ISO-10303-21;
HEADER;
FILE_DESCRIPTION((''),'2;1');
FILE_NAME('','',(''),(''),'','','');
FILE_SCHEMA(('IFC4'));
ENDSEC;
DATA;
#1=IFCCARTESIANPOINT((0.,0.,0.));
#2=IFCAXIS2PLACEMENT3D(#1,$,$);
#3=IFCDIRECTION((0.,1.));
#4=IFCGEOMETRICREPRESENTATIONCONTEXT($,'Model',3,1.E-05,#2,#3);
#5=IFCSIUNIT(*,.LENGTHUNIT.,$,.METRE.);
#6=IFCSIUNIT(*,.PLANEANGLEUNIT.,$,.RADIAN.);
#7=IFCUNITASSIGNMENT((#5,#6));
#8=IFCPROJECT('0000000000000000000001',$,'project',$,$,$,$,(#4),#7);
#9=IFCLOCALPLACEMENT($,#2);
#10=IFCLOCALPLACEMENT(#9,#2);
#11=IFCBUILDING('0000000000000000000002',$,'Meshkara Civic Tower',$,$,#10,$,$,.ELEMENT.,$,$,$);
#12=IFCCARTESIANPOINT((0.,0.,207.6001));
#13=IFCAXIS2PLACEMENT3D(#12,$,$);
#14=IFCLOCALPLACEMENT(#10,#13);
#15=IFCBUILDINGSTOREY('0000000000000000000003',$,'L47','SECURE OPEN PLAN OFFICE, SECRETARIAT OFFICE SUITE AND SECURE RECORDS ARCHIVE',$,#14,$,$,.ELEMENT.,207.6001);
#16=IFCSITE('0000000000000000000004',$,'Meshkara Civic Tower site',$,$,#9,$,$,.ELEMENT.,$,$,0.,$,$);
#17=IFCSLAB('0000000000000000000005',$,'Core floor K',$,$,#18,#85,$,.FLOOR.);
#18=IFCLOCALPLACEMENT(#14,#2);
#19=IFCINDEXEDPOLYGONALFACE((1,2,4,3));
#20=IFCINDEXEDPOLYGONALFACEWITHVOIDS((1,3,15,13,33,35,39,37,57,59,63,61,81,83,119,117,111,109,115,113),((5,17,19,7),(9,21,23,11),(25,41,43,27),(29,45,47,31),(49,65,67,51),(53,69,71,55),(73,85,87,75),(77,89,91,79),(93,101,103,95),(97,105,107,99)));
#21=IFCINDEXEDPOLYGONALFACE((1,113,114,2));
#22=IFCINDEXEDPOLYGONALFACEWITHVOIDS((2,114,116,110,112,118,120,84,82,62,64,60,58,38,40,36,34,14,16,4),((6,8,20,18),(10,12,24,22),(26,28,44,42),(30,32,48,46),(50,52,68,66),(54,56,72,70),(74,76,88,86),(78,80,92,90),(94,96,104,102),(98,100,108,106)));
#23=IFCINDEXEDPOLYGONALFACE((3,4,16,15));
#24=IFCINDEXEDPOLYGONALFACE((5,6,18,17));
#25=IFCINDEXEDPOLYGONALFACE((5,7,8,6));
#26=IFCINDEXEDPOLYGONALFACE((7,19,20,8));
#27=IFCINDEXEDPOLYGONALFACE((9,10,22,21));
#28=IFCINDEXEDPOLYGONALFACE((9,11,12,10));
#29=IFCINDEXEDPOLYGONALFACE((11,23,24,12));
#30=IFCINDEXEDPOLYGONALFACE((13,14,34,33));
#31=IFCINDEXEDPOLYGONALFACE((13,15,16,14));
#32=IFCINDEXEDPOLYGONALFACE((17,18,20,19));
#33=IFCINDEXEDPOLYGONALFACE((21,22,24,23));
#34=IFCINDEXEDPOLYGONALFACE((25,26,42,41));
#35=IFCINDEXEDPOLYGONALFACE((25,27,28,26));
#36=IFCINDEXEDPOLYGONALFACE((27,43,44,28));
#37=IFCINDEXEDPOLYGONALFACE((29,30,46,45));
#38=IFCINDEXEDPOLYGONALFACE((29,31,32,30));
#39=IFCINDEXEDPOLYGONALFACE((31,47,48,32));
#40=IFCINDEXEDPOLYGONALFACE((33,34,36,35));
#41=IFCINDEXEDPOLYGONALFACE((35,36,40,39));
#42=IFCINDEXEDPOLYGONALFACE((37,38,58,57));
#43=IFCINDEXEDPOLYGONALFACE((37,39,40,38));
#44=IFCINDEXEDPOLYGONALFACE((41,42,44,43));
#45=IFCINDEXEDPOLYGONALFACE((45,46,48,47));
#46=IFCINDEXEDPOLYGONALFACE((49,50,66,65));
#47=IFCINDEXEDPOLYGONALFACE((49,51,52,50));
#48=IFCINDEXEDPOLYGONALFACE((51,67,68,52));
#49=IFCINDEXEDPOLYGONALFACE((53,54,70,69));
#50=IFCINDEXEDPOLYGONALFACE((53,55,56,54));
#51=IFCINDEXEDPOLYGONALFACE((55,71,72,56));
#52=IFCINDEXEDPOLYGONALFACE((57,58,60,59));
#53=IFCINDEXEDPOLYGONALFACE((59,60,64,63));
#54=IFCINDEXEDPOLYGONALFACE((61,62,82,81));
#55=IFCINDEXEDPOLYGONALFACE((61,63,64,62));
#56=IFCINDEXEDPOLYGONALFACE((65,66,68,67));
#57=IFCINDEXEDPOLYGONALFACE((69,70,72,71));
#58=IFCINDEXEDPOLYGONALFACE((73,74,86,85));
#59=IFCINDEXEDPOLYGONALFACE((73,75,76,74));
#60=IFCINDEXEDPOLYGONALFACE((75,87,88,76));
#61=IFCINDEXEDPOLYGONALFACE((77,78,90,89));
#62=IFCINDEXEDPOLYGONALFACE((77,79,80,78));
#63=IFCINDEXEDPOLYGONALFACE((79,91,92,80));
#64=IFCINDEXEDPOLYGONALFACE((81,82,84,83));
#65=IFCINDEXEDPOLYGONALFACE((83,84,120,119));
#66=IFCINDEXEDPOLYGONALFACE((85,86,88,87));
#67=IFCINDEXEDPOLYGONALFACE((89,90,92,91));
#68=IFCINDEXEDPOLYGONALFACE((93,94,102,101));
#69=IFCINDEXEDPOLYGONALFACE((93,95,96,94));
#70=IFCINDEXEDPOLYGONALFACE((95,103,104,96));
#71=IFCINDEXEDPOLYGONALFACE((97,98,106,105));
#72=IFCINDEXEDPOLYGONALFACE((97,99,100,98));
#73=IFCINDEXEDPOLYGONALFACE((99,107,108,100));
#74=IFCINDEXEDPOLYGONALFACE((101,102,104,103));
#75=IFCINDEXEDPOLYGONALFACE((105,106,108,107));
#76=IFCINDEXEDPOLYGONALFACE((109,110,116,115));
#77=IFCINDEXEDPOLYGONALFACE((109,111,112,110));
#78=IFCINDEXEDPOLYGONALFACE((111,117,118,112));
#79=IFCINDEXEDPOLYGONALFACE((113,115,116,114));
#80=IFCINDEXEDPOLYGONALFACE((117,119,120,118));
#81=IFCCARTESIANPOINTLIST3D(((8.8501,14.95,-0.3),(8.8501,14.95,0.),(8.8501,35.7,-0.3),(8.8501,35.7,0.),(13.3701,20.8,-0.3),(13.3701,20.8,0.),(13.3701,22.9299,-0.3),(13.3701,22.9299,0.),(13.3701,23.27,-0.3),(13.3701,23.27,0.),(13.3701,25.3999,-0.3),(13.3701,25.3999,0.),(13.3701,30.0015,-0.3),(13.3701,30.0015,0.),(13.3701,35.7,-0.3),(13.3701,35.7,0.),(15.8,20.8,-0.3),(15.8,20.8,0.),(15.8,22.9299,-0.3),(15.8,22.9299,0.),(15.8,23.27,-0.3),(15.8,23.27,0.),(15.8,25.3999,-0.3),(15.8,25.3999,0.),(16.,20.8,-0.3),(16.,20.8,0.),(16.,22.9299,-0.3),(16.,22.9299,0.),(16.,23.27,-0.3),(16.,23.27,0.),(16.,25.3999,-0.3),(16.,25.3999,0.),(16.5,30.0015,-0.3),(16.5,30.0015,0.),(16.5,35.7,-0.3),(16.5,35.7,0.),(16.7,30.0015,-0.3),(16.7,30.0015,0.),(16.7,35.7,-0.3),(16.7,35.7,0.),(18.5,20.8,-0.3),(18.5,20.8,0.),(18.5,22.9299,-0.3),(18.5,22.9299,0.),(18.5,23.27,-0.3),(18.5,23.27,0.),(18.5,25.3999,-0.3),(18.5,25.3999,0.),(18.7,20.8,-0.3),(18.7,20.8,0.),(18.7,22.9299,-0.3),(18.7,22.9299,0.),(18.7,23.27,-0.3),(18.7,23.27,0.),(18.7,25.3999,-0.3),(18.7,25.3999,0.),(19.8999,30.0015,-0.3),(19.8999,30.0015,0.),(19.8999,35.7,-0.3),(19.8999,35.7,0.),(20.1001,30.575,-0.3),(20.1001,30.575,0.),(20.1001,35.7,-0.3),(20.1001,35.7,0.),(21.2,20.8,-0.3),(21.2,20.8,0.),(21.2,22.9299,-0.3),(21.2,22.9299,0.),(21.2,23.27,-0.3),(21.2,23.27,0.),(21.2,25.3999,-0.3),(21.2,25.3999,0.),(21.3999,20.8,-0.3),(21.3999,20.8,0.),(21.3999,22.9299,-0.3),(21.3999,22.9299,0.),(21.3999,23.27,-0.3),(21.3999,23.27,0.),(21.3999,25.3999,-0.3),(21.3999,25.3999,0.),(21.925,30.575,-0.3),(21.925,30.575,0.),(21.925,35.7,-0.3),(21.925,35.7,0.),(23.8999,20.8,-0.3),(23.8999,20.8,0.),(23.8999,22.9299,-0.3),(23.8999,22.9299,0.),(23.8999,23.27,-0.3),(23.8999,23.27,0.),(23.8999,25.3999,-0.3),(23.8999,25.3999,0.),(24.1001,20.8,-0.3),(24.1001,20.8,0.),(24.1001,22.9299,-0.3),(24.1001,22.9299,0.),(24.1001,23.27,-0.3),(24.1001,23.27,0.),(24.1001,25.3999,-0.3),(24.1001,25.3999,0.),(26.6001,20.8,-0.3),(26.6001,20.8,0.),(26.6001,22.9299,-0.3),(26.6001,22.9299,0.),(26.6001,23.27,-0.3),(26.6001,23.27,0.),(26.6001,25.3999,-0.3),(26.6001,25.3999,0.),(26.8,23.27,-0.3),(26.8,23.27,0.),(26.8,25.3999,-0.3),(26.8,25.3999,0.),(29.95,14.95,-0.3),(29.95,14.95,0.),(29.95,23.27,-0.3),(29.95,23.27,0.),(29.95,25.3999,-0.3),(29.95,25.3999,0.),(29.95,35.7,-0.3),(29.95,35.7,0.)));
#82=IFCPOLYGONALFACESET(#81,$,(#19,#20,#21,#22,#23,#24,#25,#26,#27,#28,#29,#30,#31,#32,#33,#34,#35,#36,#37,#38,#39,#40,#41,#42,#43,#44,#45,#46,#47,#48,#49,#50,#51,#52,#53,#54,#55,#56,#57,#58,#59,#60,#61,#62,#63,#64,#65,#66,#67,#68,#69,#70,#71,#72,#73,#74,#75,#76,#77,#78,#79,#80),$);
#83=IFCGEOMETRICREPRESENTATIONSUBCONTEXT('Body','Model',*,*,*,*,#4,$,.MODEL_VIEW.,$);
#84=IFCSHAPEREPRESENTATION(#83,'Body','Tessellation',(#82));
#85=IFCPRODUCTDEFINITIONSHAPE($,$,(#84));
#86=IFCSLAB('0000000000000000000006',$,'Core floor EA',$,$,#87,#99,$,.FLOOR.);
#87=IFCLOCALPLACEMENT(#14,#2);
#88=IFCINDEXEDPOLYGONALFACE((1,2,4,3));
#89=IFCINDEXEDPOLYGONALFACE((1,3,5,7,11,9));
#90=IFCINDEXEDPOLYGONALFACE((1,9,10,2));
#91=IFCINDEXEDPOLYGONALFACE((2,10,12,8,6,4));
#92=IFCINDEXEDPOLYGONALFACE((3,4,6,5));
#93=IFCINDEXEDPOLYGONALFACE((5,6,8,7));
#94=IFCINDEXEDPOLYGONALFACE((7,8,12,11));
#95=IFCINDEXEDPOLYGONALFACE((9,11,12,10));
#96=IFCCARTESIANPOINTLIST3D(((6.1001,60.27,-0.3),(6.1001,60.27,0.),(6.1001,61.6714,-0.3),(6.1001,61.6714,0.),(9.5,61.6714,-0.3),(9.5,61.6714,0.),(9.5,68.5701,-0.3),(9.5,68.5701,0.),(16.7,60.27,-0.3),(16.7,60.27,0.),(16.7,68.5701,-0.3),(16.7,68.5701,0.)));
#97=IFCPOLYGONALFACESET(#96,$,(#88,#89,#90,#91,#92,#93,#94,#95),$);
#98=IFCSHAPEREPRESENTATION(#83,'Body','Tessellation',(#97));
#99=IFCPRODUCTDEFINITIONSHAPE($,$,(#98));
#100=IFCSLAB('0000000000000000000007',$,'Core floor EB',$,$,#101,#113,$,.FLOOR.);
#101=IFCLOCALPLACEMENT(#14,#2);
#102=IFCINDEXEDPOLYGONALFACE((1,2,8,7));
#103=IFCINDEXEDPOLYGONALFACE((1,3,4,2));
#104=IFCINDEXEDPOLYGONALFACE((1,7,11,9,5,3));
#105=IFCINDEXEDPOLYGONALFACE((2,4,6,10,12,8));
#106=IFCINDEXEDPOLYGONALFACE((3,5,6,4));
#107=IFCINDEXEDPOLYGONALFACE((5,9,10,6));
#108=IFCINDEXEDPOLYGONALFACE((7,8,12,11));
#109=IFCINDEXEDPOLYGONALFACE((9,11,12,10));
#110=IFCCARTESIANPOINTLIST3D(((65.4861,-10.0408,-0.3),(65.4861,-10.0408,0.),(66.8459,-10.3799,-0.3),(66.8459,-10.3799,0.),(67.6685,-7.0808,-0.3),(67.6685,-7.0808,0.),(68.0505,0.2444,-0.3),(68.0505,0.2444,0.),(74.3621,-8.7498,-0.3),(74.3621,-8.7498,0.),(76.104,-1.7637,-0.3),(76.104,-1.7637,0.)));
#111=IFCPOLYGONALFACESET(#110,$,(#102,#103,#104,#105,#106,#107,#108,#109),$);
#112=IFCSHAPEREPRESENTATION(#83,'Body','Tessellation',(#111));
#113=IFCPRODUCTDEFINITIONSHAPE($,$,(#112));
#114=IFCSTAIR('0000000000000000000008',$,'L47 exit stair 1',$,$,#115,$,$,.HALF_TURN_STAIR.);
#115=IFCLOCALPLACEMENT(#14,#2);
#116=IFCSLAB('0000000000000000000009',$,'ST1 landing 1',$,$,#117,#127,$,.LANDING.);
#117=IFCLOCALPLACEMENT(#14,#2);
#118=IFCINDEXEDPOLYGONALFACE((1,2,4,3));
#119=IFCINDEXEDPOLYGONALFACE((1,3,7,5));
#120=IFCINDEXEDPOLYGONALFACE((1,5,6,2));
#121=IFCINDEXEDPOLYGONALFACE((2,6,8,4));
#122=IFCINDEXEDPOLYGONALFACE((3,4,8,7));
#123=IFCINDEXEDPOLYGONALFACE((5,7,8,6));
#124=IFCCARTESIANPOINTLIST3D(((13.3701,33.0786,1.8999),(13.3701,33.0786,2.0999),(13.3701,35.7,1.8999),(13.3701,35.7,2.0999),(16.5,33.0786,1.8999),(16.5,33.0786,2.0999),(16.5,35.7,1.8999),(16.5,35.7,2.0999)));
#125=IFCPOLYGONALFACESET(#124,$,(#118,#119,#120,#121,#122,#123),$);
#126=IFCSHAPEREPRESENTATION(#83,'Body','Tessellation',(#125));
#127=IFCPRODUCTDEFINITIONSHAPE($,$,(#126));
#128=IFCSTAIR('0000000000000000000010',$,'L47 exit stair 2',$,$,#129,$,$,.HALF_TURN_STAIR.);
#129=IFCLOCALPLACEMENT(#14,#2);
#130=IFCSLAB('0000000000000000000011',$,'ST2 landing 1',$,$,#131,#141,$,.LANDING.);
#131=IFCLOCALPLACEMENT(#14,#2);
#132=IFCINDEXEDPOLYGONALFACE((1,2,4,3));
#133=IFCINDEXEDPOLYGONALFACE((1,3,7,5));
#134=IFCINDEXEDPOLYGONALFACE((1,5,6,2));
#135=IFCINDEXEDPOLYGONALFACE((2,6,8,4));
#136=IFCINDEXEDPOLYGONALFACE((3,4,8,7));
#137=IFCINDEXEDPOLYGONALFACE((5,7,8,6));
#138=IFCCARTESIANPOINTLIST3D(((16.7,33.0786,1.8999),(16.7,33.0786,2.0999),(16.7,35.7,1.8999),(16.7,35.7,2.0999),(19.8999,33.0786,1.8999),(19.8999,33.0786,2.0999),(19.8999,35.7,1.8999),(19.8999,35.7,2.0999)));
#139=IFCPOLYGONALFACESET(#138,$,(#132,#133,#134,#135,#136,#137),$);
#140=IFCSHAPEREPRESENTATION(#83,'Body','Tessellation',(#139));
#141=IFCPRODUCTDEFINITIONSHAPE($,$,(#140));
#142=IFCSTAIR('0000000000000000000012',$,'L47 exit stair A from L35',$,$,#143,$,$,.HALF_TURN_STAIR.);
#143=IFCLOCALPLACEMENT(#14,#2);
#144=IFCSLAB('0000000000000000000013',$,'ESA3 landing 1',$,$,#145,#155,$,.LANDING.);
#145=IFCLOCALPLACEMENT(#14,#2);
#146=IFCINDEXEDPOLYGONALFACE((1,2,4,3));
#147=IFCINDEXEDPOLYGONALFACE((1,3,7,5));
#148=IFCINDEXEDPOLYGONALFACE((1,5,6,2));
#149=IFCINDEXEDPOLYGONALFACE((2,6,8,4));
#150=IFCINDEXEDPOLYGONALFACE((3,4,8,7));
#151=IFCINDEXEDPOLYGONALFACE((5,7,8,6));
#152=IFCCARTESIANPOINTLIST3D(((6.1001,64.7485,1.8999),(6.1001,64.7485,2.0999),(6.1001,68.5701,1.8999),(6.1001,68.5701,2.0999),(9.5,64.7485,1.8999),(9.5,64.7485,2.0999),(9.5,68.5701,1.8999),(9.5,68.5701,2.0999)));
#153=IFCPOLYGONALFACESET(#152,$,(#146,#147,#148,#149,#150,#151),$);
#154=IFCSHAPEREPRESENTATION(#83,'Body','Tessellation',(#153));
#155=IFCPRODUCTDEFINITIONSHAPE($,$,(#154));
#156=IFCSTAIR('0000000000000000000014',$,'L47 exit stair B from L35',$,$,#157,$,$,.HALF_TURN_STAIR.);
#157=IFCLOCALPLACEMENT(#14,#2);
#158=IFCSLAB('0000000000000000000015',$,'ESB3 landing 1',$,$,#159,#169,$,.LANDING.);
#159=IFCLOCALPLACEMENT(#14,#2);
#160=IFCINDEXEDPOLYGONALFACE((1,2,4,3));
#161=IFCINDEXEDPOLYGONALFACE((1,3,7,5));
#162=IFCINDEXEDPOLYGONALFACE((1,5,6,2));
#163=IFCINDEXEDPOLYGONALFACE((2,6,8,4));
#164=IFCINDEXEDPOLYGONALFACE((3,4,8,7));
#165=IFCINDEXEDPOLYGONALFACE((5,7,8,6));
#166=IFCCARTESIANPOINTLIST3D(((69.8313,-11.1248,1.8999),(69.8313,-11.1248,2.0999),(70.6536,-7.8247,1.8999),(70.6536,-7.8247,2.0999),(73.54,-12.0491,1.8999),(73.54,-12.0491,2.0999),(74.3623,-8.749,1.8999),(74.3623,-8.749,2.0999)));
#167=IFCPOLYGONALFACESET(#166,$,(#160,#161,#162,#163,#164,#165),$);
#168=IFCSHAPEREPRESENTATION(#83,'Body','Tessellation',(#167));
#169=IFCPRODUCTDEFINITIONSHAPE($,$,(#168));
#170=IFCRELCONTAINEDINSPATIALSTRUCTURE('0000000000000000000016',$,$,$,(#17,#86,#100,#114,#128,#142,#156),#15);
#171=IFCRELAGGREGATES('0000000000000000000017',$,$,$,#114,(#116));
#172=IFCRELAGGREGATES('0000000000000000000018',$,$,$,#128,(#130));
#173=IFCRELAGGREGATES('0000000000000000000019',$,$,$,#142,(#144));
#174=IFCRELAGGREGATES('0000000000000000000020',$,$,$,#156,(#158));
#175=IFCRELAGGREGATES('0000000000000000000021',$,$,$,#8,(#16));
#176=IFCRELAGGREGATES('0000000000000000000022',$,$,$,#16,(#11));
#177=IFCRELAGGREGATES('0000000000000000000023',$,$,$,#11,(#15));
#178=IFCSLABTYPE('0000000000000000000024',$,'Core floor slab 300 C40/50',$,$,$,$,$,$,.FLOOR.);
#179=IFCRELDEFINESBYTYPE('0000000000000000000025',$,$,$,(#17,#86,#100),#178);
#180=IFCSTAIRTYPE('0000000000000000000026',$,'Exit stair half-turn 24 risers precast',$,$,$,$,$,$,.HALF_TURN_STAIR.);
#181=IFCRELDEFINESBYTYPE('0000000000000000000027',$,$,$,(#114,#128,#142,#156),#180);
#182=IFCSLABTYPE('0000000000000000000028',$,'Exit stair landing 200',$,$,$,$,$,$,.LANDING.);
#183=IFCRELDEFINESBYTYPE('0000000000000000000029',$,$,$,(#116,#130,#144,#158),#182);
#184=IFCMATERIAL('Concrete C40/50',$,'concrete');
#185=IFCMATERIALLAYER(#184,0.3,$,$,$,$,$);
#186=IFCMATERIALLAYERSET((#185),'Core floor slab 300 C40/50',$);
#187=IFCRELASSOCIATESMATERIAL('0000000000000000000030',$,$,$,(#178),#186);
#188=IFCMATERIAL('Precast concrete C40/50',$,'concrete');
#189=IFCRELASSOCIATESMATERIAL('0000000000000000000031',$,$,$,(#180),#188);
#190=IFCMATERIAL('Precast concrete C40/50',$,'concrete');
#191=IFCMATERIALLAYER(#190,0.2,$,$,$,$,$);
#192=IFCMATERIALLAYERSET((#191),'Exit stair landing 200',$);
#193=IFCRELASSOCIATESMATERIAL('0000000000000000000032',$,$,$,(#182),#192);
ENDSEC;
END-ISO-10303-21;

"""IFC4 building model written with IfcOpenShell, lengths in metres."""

from ifc_helpers import new_model, si_unit, direction, frame, origin, place, context, subcontext, project, spatial, polyline, outline, extrude, material, layer, layer_set, type_object, element, aggregate, save


model = new_model("IFC4")

# Units and contexts
model_context = context("Model", 3, precision=1e-05, world=origin(), true_north=direction((0.0, 1.0)))
body_context = subcontext(model_context, "Body", "Model", "MODEL_VIEW")
ifc_project = project(units=[si_unit("LENGTHUNIT", "METRE"), si_unit("PLANEANGLEUNIT", "RADIAN")], contexts=[model_context])

# Site, building, storey
site_placement = place(None, origin())
site = spatial("IfcSite", under=ifc_project, at=site_placement, Name="Meshkara Civic Tower site", CompositionType="ELEMENT", RefElevation=0.0)
building_placement = place(site_placement, origin())
building = spatial("IfcBuilding", under=site, at=building_placement, Name="Meshkara Civic Tower", CompositionType="ELEMENT")
storey_placement = place(building_placement, frame((0.0, 0.0, 207.6001)))
storey = spatial("IfcBuildingStorey", under=building, at=storey_placement, Name="L47", Description="SECURE OPEN PLAN OFFICE, SECRETARIAT OFFICE SUITE AND SECURE RECORDS ARCHIVE", CompositionType="ELEMENT", Elevation=207.6001)

# Slabs
ifc_material_1 = material(Name="Concrete C40/50", Category="concrete")
ifc_layer_1 = layer(ifc_material_1, 0.3)
ifc_layer_set_1 = layer_set([ifc_layer_1], Name="Core floor slab 300 C40/50")
slab_type_1 = type_object("IfcSlabType", Name="Core floor slab 300 C40/50", PredefinedType="FLOOR", material=ifc_layer_set_1)
slab_1_placement = place(storey_placement, frame((0.0, 0.0, -0.3)))
element("IfcSlab", 1, at=slab_1_placement, inside=storey, type_object=slab_type_1, Name="Core floor K", PredefinedType="FLOOR", context=body_context, shape_type="SweptSolid", body=[
    extrude(outline(polyline([(8.8501, 35.7), (13.3701, 35.7), (13.3701, 30.0015), (16.5, 30.0015), (16.5, 35.7), (16.7, 35.7), (16.7, 30.0015), (19.8999, 30.0015), (19.8999, 35.7), (20.1001, 35.7), (20.1001, 30.575), (21.925, 30.575), (21.925, 35.7), (29.95, 35.7), (29.95, 25.3999), (26.8, 25.3999), (26.8, 23.27), (29.95, 23.27), (29.95, 14.95), (8.8501, 14.95), (8.8501, 35.7)]), holes=[polyline([(15.8, 22.9299), (13.3701, 22.9299), (13.3701, 20.8), (15.8, 20.8), (15.8, 22.9299)]), polyline([(16.0, 22.9299), (16.0, 20.8), (18.5, 20.8), (18.5, 22.9299), (16.0, 22.9299)]), polyline([(18.7, 22.9299), (18.7, 20.8), (21.2, 20.8), (21.2, 22.9299), (18.7, 22.9299)]), polyline([(15.8, 23.27), (15.8, 25.3999), (13.3701, 25.3999), (13.3701, 23.27), (15.8, 23.27)]), polyline([(16.0, 25.3999), (16.0, 23.27), (18.5, 23.27), (18.5, 25.3999), (16.0, 25.3999)]), polyline([(23.8999, 20.8), (23.8999, 22.9299), (21.3999, 22.9299), (21.3999, 20.8), (23.8999, 20.8)]), polyline([(24.1001, 20.8), (26.6001, 20.8), (26.6001, 22.9299), (24.1001, 22.9299), (24.1001, 20.8)]), polyline([(18.7, 25.3999), (18.7, 23.27), (21.2, 23.27), (21.2, 25.3999), (18.7, 25.3999)]), polyline([(21.3999, 23.27), (23.8999, 23.27), (23.8999, 25.3999), (21.3999, 25.3999), (21.3999, 23.27)]), polyline([(24.1001, 23.27), (26.6001, 23.27), (26.6001, 25.3999), (24.1001, 25.3999), (24.1001, 23.27)])]), origin(), (0.0, 0.0, 1.0), 0.3),
])
slab_2_placement = place(storey_placement, frame((0.0, 0.0, -0.3)))
element("IfcSlab", 2, at=slab_2_placement, inside=storey, type_object=slab_type_1, Name="Core floor EA", PredefinedType="FLOOR", context=body_context, shape_type="SweptSolid", body=[
    extrude(outline(polyline([(16.7, 60.27), (16.7, 68.5701), (9.5, 68.5701), (9.5, 61.6714), (6.1001, 61.6714), (6.1001, 60.27), (16.7, 60.27)])), origin(), (0.0, 0.0, 1.0), 0.3),
])
slab_3_placement = place(storey_placement, frame((0.0, 0.0, -0.3)))
element("IfcSlab", 3, at=slab_3_placement, inside=storey, type_object=slab_type_1, Name="Core floor EB", PredefinedType="FLOOR", context=body_context, shape_type="SweptSolid", body=[
    extrude(outline(polyline([(68.0505, 0.2444), (76.104, -1.7637), (74.3621, -8.7498), (67.6685, -7.0808), (66.8459, -10.3799), (65.4861, -10.0408), (68.0505, 0.2444)])), origin(), (0.0, 0.0, 1.0), 0.3),
])

# Stairs, slabs
ifc_material_2 = material(Name="Precast concrete C40/50", Category="concrete")
stair_type = type_object("IfcStairType", Name="Exit stair half-turn 24 risers precast", PredefinedType="HALF_TURN_STAIR", material=ifc_material_2)
stair_1_placement = place(storey_placement, origin())
stair_1 = element("IfcStair", 4, at=stair_1_placement, inside=storey, type_object=stair_type, Name="L47 exit stair 1", PredefinedType="HALF_TURN_STAIR")
ifc_material_3 = material(Name="Precast concrete C40/50", Category="concrete")
ifc_layer_2 = layer(ifc_material_3, 0.2)
ifc_layer_set_2 = layer_set([ifc_layer_2], Name="Exit stair landing 200")
slab_type_2 = type_object("IfcSlabType", Name="Exit stair landing 200", PredefinedType="LANDING", material=ifc_layer_set_2)
slab_4_placement = place(storey_placement, frame((0.0, 0.0, 1.8999)))
slab_4 = element("IfcSlab", 5, at=slab_4_placement, type_object=slab_type_2, Name="ST1 landing 1", PredefinedType="LANDING", context=body_context, shape_type="SweptSolid", body=[
    extrude(outline(polyline([(16.5, 33.0786), (16.5, 35.7), (13.3701, 35.7), (13.3701, 33.0786), (16.5, 33.0786)])), origin(), (0.0, 0.0, 1.0), 0.2),
])
aggregate(stair_1, [slab_4])
stair_2_placement = place(storey_placement, origin())
stair_2 = element("IfcStair", 6, at=stair_2_placement, inside=storey, type_object=stair_type, Name="L47 exit stair 2", PredefinedType="HALF_TURN_STAIR")
slab_5_placement = place(storey_placement, frame((0.0, 0.0, 1.8999)))
slab_5 = element("IfcSlab", 7, at=slab_5_placement, type_object=slab_type_2, Name="ST2 landing 1", PredefinedType="LANDING", context=body_context, shape_type="SweptSolid", body=[
    extrude(outline(polyline([(19.8999, 33.0786), (19.8999, 35.7), (16.7, 35.7), (16.7, 33.0786), (19.8999, 33.0786)])), origin(), (0.0, 0.0, 1.0), 0.2),
])
aggregate(stair_2, [slab_5])
stair_3_placement = place(storey_placement, origin())
stair_3 = element("IfcStair", 8, at=stair_3_placement, inside=storey, type_object=stair_type, Name="L47 exit stair A from L35", PredefinedType="HALF_TURN_STAIR")
slab_6_placement = place(storey_placement, frame((0.0, 0.0, 1.8999)))
slab_6 = element("IfcSlab", 9, at=slab_6_placement, type_object=slab_type_2, Name="ESA3 landing 1", PredefinedType="LANDING", context=body_context, shape_type="SweptSolid", body=[
    extrude(outline(polyline([(9.5, 64.7485), (9.5, 68.5701), (6.1001, 68.5701), (6.1001, 64.7485), (9.5, 64.7485)])), origin(), (0.0, 0.0, 1.0), 0.2),
])
aggregate(stair_3, [slab_6])
stair_4_placement = place(storey_placement, origin())
stair_4 = element("IfcStair", 10, at=stair_4_placement, inside=storey, type_object=stair_type, Name="L47 exit stair B from L35", PredefinedType="HALF_TURN_STAIR")
slab_7_placement = place(storey_placement, frame((0.0, 0.0, 1.8999)))
slab_7 = element("IfcSlab", 11, at=slab_7_placement, type_object=slab_type_2, Name="ESB3 landing 1", PredefinedType="LANDING", context=body_context, shape_type="SweptSolid", body=[
    extrude(outline(polyline([(69.8313, -11.1248), (73.54, -12.0491), (74.3623, -8.749), (70.6536, -7.8247), (69.8313, -11.1248)])), origin(), (0.0, 0.0, 1.0), 0.2),
])
aggregate(stair_4, [slab_7])

save(model, "model.ifc")
